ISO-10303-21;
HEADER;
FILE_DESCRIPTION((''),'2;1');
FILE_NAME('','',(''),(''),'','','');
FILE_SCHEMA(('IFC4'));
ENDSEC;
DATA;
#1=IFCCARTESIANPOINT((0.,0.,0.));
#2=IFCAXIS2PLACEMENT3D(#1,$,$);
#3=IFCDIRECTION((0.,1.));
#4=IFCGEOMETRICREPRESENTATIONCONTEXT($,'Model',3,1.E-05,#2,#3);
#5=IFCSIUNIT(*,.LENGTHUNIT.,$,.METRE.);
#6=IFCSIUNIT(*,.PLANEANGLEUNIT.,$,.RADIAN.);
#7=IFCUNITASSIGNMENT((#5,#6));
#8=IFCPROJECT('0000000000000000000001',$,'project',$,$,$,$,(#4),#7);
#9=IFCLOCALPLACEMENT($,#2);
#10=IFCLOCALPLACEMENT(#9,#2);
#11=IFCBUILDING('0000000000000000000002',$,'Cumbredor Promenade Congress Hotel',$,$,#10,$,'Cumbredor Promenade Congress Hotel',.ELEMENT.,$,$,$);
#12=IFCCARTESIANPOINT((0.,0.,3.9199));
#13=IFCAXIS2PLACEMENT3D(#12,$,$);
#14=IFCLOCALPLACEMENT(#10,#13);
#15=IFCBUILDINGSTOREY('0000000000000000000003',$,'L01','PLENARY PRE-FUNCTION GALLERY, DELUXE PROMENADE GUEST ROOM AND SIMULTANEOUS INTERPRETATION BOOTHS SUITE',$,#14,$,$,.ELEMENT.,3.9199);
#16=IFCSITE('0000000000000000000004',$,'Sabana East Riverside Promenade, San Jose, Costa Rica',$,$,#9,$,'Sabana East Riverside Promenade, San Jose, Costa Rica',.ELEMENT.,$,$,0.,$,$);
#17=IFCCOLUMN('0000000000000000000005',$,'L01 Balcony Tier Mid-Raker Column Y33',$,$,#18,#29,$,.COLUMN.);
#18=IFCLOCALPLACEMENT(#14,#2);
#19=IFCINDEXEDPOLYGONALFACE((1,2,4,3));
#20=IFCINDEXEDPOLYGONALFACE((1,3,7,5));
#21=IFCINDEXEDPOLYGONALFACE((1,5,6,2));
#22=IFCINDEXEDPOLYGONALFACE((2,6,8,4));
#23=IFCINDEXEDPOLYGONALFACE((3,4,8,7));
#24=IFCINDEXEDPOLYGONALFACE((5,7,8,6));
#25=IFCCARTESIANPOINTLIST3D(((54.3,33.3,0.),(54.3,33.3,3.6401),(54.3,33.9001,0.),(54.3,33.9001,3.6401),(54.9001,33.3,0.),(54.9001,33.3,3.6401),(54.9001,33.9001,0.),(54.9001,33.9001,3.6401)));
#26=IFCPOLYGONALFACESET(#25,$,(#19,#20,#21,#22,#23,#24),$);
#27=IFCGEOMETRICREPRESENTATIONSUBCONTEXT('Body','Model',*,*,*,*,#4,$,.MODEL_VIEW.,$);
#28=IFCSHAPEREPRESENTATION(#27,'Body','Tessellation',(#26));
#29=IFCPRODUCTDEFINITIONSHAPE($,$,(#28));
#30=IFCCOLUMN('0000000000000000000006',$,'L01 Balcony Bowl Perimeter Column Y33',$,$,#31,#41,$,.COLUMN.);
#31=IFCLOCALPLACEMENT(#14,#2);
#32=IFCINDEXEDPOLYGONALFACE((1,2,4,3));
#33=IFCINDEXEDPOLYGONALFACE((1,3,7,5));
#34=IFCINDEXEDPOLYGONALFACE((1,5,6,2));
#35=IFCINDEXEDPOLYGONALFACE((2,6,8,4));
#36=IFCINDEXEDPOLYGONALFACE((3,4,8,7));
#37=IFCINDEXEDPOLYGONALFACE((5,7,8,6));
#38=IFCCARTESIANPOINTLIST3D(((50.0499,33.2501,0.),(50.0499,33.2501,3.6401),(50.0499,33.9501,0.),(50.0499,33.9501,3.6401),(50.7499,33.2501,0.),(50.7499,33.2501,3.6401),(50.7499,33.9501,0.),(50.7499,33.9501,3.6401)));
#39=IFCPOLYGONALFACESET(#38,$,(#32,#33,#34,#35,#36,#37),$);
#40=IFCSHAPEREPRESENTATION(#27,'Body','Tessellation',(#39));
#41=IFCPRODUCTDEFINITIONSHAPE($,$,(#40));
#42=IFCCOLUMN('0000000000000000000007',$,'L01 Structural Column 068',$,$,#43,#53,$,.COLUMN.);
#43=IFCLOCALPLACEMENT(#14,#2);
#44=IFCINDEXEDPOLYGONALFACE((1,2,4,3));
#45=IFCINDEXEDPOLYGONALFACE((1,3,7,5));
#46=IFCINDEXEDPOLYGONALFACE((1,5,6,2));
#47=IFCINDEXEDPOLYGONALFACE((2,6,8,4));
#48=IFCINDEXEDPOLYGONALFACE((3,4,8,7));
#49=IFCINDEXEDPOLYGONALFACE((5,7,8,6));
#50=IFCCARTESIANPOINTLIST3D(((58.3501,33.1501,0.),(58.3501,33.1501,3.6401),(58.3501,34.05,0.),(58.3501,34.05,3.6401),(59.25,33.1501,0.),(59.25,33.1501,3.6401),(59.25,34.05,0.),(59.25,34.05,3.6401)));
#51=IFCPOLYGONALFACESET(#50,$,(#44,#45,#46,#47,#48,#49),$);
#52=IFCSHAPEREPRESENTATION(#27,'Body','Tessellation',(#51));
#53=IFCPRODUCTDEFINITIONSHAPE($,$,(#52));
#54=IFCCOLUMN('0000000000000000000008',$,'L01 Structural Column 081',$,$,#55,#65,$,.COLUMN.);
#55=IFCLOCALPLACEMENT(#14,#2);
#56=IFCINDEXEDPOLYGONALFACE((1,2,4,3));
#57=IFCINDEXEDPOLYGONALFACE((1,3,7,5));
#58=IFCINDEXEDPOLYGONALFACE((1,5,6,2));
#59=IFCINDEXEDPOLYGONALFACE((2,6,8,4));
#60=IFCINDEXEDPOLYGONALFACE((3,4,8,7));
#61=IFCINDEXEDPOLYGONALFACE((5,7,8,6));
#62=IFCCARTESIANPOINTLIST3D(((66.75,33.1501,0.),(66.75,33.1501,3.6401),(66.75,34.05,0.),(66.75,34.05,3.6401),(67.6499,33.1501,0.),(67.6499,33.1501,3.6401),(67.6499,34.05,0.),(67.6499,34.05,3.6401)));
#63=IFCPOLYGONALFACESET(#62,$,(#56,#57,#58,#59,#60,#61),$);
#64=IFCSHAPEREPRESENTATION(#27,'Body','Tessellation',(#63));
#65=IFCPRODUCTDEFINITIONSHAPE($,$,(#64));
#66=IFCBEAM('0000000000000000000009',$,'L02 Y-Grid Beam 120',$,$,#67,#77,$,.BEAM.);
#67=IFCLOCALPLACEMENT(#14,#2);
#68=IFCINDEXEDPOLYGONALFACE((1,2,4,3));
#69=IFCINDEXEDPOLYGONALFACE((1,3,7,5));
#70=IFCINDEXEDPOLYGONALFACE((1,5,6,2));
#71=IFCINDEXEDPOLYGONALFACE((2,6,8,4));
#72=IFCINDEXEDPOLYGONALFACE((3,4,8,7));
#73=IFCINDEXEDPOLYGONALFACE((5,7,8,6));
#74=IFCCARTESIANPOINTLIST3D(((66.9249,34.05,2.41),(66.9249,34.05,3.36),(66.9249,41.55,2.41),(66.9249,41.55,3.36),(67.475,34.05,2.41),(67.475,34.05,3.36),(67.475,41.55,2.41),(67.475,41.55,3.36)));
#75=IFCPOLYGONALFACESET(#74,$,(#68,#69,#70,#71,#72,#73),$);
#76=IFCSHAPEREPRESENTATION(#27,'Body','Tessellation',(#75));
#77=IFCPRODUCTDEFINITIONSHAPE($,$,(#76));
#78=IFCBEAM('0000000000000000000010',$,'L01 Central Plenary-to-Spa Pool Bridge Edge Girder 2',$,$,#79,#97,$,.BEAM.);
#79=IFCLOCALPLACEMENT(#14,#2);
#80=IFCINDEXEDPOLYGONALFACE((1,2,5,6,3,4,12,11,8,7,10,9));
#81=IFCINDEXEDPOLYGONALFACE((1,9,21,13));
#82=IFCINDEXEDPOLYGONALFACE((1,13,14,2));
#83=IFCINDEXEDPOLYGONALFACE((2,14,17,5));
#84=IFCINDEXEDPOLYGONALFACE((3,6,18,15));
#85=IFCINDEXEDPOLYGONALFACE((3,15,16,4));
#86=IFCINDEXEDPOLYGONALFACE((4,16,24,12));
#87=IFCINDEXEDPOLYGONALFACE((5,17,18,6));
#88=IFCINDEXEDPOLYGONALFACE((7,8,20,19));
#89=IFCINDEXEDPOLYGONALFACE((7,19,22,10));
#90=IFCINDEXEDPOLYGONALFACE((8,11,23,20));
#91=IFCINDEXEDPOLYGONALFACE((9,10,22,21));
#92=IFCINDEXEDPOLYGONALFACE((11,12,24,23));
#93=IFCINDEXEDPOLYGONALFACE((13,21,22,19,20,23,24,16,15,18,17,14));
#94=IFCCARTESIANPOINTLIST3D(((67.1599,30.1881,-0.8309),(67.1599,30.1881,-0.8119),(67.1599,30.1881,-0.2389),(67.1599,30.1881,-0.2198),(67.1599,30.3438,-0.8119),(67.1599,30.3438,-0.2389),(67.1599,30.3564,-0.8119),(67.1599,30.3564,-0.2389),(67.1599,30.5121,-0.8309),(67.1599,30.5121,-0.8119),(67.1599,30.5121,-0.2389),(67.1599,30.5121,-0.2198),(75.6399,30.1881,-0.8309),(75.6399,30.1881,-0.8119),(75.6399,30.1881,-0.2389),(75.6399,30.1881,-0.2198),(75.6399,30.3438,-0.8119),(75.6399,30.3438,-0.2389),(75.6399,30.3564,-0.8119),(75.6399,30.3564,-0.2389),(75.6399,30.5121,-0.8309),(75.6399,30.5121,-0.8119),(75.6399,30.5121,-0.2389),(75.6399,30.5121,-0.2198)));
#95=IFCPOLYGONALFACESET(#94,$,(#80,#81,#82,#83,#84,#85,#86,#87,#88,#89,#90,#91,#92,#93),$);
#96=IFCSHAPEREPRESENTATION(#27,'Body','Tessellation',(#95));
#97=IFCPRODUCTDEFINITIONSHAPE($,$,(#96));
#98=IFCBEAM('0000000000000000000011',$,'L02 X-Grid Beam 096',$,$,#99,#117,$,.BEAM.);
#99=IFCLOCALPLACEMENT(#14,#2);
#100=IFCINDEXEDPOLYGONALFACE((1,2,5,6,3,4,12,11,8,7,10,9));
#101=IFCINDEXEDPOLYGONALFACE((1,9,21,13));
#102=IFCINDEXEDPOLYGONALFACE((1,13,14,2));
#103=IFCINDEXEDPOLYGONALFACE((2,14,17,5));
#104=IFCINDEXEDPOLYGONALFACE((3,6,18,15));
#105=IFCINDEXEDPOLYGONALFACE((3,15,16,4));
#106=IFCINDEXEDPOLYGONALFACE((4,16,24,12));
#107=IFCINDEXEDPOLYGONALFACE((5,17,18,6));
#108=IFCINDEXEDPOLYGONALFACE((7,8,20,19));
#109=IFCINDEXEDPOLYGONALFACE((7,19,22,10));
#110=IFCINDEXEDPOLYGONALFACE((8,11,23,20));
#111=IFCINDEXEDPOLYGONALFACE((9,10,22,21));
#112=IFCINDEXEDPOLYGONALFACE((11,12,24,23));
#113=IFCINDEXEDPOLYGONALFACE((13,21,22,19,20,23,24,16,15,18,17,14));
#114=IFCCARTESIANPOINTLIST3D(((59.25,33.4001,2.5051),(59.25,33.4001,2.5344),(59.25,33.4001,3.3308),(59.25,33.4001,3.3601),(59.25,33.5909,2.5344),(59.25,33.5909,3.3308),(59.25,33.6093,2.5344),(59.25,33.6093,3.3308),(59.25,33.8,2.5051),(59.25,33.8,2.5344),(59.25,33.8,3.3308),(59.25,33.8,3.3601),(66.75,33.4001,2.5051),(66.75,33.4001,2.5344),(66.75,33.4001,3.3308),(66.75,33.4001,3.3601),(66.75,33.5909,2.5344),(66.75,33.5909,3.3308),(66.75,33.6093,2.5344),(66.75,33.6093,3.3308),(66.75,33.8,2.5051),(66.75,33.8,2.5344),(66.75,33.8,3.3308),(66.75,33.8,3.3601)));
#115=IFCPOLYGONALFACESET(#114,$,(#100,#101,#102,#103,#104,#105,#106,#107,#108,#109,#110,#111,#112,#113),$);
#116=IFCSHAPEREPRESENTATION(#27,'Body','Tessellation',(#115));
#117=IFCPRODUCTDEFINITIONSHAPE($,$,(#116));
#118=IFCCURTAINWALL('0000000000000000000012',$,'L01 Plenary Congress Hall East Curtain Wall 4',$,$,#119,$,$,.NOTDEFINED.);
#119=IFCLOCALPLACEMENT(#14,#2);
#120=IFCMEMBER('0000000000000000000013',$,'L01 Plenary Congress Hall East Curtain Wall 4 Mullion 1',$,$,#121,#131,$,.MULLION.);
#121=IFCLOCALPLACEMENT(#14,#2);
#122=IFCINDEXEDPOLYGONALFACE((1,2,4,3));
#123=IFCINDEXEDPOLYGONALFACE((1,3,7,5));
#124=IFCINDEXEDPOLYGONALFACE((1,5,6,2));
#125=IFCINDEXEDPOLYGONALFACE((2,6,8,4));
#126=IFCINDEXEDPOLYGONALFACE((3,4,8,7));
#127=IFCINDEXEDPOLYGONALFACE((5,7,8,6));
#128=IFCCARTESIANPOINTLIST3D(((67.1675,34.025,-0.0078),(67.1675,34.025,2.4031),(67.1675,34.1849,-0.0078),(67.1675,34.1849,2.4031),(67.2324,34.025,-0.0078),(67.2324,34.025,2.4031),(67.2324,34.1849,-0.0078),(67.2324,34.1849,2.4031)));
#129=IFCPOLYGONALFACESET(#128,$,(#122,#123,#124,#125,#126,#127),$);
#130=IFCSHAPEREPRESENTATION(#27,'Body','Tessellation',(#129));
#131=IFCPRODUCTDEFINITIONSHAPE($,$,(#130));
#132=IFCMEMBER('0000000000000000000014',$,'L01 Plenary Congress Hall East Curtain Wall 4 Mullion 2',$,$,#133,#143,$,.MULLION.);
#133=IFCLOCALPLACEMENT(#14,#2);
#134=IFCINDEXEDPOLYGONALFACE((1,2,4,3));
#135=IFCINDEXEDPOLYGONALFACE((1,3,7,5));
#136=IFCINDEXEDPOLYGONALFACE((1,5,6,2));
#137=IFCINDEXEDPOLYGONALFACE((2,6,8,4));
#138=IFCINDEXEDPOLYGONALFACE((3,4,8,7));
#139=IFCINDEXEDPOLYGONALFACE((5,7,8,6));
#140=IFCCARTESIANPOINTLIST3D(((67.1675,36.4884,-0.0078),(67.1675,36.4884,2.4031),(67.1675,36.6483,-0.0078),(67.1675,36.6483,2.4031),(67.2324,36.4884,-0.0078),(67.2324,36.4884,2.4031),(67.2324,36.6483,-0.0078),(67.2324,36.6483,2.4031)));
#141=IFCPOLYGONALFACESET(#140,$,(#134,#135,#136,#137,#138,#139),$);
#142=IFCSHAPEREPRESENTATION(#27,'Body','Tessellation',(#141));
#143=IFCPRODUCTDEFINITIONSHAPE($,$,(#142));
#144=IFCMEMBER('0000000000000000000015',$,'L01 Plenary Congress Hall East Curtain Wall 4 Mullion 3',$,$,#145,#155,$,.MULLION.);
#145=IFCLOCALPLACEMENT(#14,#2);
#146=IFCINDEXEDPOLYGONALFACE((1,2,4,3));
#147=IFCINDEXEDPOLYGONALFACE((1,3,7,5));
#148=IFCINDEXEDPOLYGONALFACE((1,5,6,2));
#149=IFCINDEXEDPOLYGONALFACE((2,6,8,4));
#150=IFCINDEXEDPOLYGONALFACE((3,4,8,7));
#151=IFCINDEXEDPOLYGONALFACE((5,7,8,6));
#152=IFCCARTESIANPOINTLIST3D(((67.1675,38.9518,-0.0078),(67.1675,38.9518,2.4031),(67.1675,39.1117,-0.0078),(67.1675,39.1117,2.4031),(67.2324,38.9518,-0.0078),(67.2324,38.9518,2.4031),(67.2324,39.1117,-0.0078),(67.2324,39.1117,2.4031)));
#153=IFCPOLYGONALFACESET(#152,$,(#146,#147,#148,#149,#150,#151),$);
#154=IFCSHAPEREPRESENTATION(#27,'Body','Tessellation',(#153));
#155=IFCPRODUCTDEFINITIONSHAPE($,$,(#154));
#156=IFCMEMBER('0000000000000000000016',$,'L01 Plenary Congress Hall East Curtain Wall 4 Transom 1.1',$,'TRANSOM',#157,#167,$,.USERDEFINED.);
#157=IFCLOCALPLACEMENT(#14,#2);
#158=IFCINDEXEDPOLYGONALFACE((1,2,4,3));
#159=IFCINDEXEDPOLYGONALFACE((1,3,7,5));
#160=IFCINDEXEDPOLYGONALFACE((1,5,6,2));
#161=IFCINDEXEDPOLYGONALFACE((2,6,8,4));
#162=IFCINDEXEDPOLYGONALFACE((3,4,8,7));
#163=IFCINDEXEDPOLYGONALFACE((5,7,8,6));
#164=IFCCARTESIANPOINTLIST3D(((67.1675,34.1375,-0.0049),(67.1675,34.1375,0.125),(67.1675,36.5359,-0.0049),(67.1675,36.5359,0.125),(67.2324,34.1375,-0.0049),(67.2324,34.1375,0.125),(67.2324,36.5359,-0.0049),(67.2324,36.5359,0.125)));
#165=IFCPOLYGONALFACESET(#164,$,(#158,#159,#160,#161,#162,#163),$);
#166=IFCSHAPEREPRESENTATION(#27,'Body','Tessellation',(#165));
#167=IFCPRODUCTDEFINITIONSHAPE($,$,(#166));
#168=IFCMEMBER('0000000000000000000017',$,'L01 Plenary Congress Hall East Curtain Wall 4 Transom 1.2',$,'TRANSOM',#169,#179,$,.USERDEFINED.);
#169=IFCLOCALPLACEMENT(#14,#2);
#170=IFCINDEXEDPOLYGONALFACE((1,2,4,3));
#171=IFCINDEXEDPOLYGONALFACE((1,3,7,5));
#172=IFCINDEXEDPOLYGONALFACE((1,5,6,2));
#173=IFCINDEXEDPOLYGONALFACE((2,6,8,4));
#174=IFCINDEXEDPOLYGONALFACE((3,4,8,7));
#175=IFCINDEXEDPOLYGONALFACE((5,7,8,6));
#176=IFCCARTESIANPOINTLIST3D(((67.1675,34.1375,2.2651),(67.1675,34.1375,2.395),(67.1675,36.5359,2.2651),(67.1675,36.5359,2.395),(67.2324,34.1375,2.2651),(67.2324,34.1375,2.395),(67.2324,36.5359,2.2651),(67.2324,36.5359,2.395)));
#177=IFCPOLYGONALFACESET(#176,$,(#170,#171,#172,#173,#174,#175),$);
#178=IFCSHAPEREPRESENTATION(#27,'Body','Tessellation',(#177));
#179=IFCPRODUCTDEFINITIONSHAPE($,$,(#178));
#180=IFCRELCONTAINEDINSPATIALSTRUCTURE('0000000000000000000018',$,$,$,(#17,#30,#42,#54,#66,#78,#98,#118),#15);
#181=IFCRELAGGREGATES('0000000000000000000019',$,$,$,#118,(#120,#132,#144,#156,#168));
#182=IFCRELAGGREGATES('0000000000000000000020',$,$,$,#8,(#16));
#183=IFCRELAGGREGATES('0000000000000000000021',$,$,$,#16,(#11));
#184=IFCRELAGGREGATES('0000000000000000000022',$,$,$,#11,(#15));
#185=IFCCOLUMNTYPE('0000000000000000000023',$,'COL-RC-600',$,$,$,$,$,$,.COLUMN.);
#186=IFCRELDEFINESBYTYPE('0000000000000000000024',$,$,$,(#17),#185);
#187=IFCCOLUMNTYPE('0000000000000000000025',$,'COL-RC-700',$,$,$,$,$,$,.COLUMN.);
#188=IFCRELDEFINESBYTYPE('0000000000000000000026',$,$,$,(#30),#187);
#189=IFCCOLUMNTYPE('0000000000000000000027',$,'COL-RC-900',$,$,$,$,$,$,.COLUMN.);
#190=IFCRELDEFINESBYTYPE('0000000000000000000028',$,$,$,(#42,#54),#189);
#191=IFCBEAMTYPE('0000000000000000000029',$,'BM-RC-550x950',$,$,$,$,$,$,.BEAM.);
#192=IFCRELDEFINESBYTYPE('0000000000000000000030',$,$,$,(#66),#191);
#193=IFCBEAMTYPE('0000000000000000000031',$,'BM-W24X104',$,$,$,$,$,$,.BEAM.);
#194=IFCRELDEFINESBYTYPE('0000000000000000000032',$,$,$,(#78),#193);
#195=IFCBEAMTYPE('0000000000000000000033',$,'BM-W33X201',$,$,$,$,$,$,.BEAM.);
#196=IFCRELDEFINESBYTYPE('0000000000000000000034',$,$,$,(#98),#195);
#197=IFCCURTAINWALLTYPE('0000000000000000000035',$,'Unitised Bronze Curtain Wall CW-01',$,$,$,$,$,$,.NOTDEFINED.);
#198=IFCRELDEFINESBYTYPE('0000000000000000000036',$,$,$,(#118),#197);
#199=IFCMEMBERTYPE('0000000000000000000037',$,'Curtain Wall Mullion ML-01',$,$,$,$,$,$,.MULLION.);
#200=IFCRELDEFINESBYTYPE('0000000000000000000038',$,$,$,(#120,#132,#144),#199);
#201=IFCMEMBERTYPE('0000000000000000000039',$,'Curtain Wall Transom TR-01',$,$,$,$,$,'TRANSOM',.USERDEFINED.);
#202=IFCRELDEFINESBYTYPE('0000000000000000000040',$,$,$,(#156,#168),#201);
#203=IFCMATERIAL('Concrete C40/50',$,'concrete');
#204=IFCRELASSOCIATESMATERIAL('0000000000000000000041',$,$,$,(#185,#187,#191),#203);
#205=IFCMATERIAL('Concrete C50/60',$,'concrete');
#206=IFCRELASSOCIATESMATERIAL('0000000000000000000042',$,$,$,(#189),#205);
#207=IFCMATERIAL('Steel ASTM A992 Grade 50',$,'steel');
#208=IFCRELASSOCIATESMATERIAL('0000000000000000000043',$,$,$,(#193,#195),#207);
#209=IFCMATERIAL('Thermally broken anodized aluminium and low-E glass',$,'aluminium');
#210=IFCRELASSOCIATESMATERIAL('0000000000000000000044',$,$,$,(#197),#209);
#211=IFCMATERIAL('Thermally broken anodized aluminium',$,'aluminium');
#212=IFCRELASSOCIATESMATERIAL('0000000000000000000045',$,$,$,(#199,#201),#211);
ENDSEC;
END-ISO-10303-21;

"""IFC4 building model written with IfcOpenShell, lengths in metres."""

from ifc_helpers import new_model, si_unit, direction, frame, origin, origin_2d, place, context, subcontext, project, spatial, rectangle, i_section, extrude, material, material_profile, profile_set, type_object, element, aggregate, save


model = new_model("IFC4")

# Units and contexts
model_context = context("Model", 3, precision=1e-05, world=origin(), true_north=direction((0.0, 1.0)))
body_context = subcontext(model_context, "Body", "Model", "MODEL_VIEW")
ifc_project = project(units=[si_unit("LENGTHUNIT", "METRE"), si_unit("PLANEANGLEUNIT", "RADIAN")], contexts=[model_context])

# Site, building, storey
site_placement = place(None, origin())
site = spatial("IfcSite", under=ifc_project, at=site_placement, Name="Sabana East Riverside Promenade, San Jose, Costa Rica", LongName="Sabana East Riverside Promenade, San Jose, Costa Rica", CompositionType="ELEMENT", RefElevation=0.0)
building_placement = place(site_placement, origin())
building = spatial("IfcBuilding", under=site, at=building_placement, Name="Cumbredor Promenade Congress Hotel", LongName="Cumbredor Promenade Congress Hotel", CompositionType="ELEMENT")
storey_placement = place(building_placement, frame((0.0, 0.0, 3.9199)))
storey = spatial("IfcBuildingStorey", under=building, at=storey_placement, Name="L01", Description="PLENARY PRE-FUNCTION GALLERY, DELUXE PROMENADE GUEST ROOM AND SIMULTANEOUS INTERPRETATION BOOTHS SUITE", CompositionType="ELEMENT", Elevation=3.9199)

# Columns
ifc_material_1 = material(Name="Concrete C40/50", Category="concrete")
ifc_material_profile_1 = material_profile(ifc_material_1, rectangle(XDim=0.6001, YDim=0.6001, at=origin_2d()), Name="RC 600x600")
ifc_profile_set_1 = profile_set([ifc_material_profile_1], Name="Concrete C40/50")
column_type_1 = type_object("IfcColumnType", Name="COL-RC-600", PredefinedType="COLUMN", material=ifc_profile_set_1)
column_1_placement = place(storey_placement, frame((54.6001, 33.6001, 0.0), z_axis=(0.0, 0.0, 1.0), x_axis=(1.0, 0.0, 0.0)))
element("IfcColumn", 1, at=column_1_placement, inside=storey, type_object=column_type_1, Name="L01 Balcony Tier Mid-Raker Column Y33", PredefinedType="COLUMN", context=body_context, shape_type="SweptSolid", body=[
    extrude(rectangle(XDim=0.6001, YDim=0.6001, at=origin_2d()), origin(), (0.0, 0.0, 1.0), 3.6401),
])
ifc_material_profile_2 = material_profile(ifc_material_1, rectangle(XDim=0.7, YDim=0.7, at=origin_2d()), Name="RC 700x700")
ifc_profile_set_2 = profile_set([ifc_material_profile_2], Name="Concrete C40/50")
column_type_2 = type_object("IfcColumnType", Name="COL-RC-700", PredefinedType="COLUMN", material=ifc_profile_set_2)
column_2_placement = place(storey_placement, frame((50.3999, 33.6001, 0.0), z_axis=(0.0, 0.0, 1.0), x_axis=(1.0, 0.0, 0.0)))
element("IfcColumn", 2, at=column_2_placement, inside=storey, type_object=column_type_2, Name="L01 Balcony Bowl Perimeter Column Y33", PredefinedType="COLUMN", context=body_context, shape_type="SweptSolid", body=[
    extrude(rectangle(XDim=0.7, YDim=0.7, at=origin_2d()), origin(), (0.0, 0.0, 1.0), 3.6401),
])
ifc_material_2 = material(Name="Concrete C50/60", Category="concrete")
ifc_material_profile_3 = material_profile(ifc_material_2, rectangle(XDim=0.8999, YDim=0.8999, at=origin_2d()), Name="RC 900x900")
ifc_profile_set_3 = profile_set([ifc_material_profile_3], Name="Concrete C50/60")
column_type_3 = type_object("IfcColumnType", Name="COL-RC-900", PredefinedType="COLUMN", material=ifc_profile_set_3)
for number, where, z_axis, x_axis, name in (
    (3, (58.8, 33.6001, 0.0), (0.0, 0.0, 1.0), (1.0, 0.0, 0.0), "L01 Structural Column 068"),
    (4, (67.2, 33.6001, 0.0), (0.0, 0.0, 1.0), (1.0, 0.0, 0.0), "L01 Structural Column 081"),
):
    element("IfcColumn", number, at=place(storey_placement, frame(where, z_axis=z_axis, x_axis=x_axis)), inside=storey, type_object=column_type_3, Name=name, PredefinedType="COLUMN", context=body_context, shape_type="SweptSolid", body=[
        extrude(rectangle(XDim=0.8999, YDim=0.8999, at=origin_2d()), origin(), (0.0, 0.0, 1.0), 3.6401),
    ])

# Beams
ifc_material_profile_4 = material_profile(ifc_material_1, rectangle(XDim=0.55, YDim=0.95, at=origin_2d()), Name="RC BEAM 550x950")
ifc_profile_set_4 = profile_set([ifc_material_profile_4], Name="Concrete C40/50")
beam_type_1 = type_object("IfcBeamType", Name="BM-RC-550x950", PredefinedType="BEAM", material=ifc_profile_set_4)
beam_1_placement = place(storey_placement, frame((67.2, 34.05, 2.885), z_axis=(0.0, 1.0, 0.0), x_axis=(-1.0, 0.0, 0.0)))
element("IfcBeam", 5, at=beam_1_placement, inside=storey, type_object=beam_type_1, Name="L02 Y-Grid Beam 120", PredefinedType="BEAM", context=body_context, shape_type="SweptSolid", body=[
    extrude(rectangle(XDim=0.55, YDim=0.95, at=origin_2d()), origin(), (0.0, 0.0, 1.0), 7.5),
])
ifc_material_3 = material(Name="Steel ASTM A992 Grade 50", Category="steel")
ifc_material_profile_5 = material_profile(ifc_material_3, i_section(OverallWidth=0.324, OverallDepth=0.6111, WebThickness=0.0127, FlangeThickness=0.019, at=origin_2d()), Name="W24X104")
ifc_profile_set_5 = profile_set([ifc_material_profile_5], Name="Steel ASTM A992 Grade 50")
beam_type_2 = type_object("IfcBeamType", Name="BM-W24X104", PredefinedType="BEAM", material=ifc_profile_set_5)
beam_2_placement = place(storey_placement, frame((67.1599, 30.3501, -0.5254), z_axis=(1.0, 0.0, 0.0), x_axis=(0.0, 1.0, 0.0)))
element("IfcBeam", 6, at=beam_2_placement, inside=storey, type_object=beam_type_2, Name="L01 Central Plenary-to-Spa Pool Bridge Edge Girder 2", PredefinedType="BEAM", context=body_context, shape_type="SweptSolid", body=[
    extrude(i_section(OverallWidth=0.324, OverallDepth=0.6111, WebThickness=0.0127, FlangeThickness=0.019, at=origin_2d()), origin(), (0.0, 0.0, 1.0), 8.48),
])
ifc_material_profile_6 = material_profile(ifc_material_3, i_section(OverallWidth=0.3999, OverallDepth=0.855, WebThickness=0.0183, FlangeThickness=0.0293, at=origin_2d()), Name="W33X201")
ifc_profile_set_6 = profile_set([ifc_material_profile_6], Name="Steel ASTM A992 Grade 50")
beam_type_3 = type_object("IfcBeamType", Name="BM-W33X201", PredefinedType="BEAM", material=ifc_profile_set_6)
beam_3_placement = place(storey_placement, frame((59.25, 33.6001, 2.9326), z_axis=(1.0, 0.0, 0.0), x_axis=(0.0, 1.0, 0.0)))
element("IfcBeam", 7, at=beam_3_placement, inside=storey, type_object=beam_type_3, Name="L02 X-Grid Beam 096", PredefinedType="BEAM", context=body_context, shape_type="SweptSolid", body=[
    extrude(i_section(OverallWidth=0.3999, OverallDepth=0.855, WebThickness=0.0183, FlangeThickness=0.0293, at=origin_2d()), origin(), (0.0, 0.0, 1.0), 7.5),
])

# Curtain wall, members
ifc_material_4 = material(Name="Thermally broken anodized aluminium and low-E glass", Category="aluminium")
curtain_wall_type = type_object("IfcCurtainWallType", Name="Unitised Bronze Curtain Wall CW-01", PredefinedType="NOTDEFINED", material=ifc_material_4)
curtain_wall_placement = place(storey_placement, origin())
curtain_wall = element("IfcCurtainWall", 8, at=curtain_wall_placement, inside=storey, type_object=curtain_wall_type, Name="L01 Plenary Congress Hall East Curtain Wall 4", PredefinedType="NOTDEFINED")
ifc_material_5 = material(Name="Thermally broken anodized aluminium", Category="aluminium")
ifc_material_profile_7 = material_profile(ifc_material_5, rectangle(XDim=0.0649, YDim=0.1599, at=origin_2d()), Name="ALU MULLION 65x160")
ifc_profile_set_7 = profile_set([ifc_material_profile_7], Name="Thermally broken anodized aluminium")
member_type_1 = type_object("IfcMemberType", Name="Curtain Wall Mullion ML-01", PredefinedType="MULLION", material=ifc_profile_set_7)
member_1_placement = place(storey_placement, frame((67.2, 34.105, -0.0078), z_axis=(0.0, 0.0, 1.0), x_axis=(1.0, 0.0, 0.0)))
member_1 = element("IfcMember", 9, at=member_1_placement, type_object=member_type_1, Name="L01 Plenary Congress Hall East Curtain Wall 4 Mullion 1", PredefinedType="MULLION", context=body_context, shape_type="SweptSolid", body=[
    extrude(rectangle(XDim=0.0649, YDim=0.1599, at=origin_2d()), origin(), (0.0, 0.0, 1.0), 2.4109),
])
member_2_placement = place(storey_placement, frame((67.2, 36.5684, -0.0078), z_axis=(0.0, 0.0, 1.0), x_axis=(1.0, 0.0, 0.0)))
member_2 = element("IfcMember", 10, at=member_2_placement, type_object=member_type_1, Name="L01 Plenary Congress Hall East Curtain Wall 4 Mullion 2", PredefinedType="MULLION", context=body_context, shape_type="SweptSolid", body=[
    extrude(rectangle(XDim=0.0649, YDim=0.1599, at=origin_2d()), origin(), (0.0, 0.0, 1.0), 2.4109),
])
member_3_placement = place(storey_placement, frame((67.2, 39.0317, -0.0078), z_axis=(0.0, 0.0, 1.0), x_axis=(1.0, 0.0, 0.0)))
member_3 = element("IfcMember", 11, at=member_3_placement, type_object=member_type_1, Name="L01 Plenary Congress Hall East Curtain Wall 4 Mullion 3", PredefinedType="MULLION", context=body_context, shape_type="SweptSolid", body=[
    extrude(rectangle(XDim=0.0649, YDim=0.1599, at=origin_2d()), origin(), (0.0, 0.0, 1.0), 2.4109),
])
ifc_material_profile_8 = material_profile(ifc_material_5, rectangle(XDim=0.0649, YDim=0.1299, at=origin_2d()), Name="ALU TRANSOM 65x130")
ifc_profile_set_8 = profile_set([ifc_material_profile_8], Name="Thermally broken anodized aluminium")
member_type_2 = type_object("IfcMemberType", Name="Curtain Wall Transom TR-01", ElementType="TRANSOM", PredefinedType="USERDEFINED", material=ifc_profile_set_8)
member_4_placement = place(storey_placement, frame((67.2, 34.1375, 0.0601), z_axis=(0.0, 1.0, 0.0), x_axis=(-1.0, 0.0, 0.0)))
member_4 = element("IfcMember", 12, at=member_4_placement, type_object=member_type_2, Name="L01 Plenary Congress Hall East Curtain Wall 4 Transom 1.1", ObjectType="TRANSOM", PredefinedType="USERDEFINED", context=body_context, shape_type="SweptSolid", body=[
    extrude(rectangle(XDim=0.0649, YDim=0.1299, at=origin_2d()), origin(), (0.0, 0.0, 1.0), 2.3984),
])
member_5_placement = place(storey_placement, frame((67.2, 34.1375, 2.3301), z_axis=(0.0, 1.0, 0.0), x_axis=(-1.0, 0.0, 0.0)))
member_5 = element("IfcMember", 13, at=member_5_placement, type_object=member_type_2, Name="L01 Plenary Congress Hall East Curtain Wall 4 Transom 1.2", ObjectType="TRANSOM", PredefinedType="USERDEFINED", context=body_context, shape_type="SweptSolid", body=[
    extrude(rectangle(XDim=0.0649, YDim=0.1299, at=origin_2d()), origin(), (0.0, 0.0, 1.0), 2.3984),
])

aggregate(curtain_wall, [member_1, member_2, member_3, member_4, member_5])

save(model, "model.ifc")
